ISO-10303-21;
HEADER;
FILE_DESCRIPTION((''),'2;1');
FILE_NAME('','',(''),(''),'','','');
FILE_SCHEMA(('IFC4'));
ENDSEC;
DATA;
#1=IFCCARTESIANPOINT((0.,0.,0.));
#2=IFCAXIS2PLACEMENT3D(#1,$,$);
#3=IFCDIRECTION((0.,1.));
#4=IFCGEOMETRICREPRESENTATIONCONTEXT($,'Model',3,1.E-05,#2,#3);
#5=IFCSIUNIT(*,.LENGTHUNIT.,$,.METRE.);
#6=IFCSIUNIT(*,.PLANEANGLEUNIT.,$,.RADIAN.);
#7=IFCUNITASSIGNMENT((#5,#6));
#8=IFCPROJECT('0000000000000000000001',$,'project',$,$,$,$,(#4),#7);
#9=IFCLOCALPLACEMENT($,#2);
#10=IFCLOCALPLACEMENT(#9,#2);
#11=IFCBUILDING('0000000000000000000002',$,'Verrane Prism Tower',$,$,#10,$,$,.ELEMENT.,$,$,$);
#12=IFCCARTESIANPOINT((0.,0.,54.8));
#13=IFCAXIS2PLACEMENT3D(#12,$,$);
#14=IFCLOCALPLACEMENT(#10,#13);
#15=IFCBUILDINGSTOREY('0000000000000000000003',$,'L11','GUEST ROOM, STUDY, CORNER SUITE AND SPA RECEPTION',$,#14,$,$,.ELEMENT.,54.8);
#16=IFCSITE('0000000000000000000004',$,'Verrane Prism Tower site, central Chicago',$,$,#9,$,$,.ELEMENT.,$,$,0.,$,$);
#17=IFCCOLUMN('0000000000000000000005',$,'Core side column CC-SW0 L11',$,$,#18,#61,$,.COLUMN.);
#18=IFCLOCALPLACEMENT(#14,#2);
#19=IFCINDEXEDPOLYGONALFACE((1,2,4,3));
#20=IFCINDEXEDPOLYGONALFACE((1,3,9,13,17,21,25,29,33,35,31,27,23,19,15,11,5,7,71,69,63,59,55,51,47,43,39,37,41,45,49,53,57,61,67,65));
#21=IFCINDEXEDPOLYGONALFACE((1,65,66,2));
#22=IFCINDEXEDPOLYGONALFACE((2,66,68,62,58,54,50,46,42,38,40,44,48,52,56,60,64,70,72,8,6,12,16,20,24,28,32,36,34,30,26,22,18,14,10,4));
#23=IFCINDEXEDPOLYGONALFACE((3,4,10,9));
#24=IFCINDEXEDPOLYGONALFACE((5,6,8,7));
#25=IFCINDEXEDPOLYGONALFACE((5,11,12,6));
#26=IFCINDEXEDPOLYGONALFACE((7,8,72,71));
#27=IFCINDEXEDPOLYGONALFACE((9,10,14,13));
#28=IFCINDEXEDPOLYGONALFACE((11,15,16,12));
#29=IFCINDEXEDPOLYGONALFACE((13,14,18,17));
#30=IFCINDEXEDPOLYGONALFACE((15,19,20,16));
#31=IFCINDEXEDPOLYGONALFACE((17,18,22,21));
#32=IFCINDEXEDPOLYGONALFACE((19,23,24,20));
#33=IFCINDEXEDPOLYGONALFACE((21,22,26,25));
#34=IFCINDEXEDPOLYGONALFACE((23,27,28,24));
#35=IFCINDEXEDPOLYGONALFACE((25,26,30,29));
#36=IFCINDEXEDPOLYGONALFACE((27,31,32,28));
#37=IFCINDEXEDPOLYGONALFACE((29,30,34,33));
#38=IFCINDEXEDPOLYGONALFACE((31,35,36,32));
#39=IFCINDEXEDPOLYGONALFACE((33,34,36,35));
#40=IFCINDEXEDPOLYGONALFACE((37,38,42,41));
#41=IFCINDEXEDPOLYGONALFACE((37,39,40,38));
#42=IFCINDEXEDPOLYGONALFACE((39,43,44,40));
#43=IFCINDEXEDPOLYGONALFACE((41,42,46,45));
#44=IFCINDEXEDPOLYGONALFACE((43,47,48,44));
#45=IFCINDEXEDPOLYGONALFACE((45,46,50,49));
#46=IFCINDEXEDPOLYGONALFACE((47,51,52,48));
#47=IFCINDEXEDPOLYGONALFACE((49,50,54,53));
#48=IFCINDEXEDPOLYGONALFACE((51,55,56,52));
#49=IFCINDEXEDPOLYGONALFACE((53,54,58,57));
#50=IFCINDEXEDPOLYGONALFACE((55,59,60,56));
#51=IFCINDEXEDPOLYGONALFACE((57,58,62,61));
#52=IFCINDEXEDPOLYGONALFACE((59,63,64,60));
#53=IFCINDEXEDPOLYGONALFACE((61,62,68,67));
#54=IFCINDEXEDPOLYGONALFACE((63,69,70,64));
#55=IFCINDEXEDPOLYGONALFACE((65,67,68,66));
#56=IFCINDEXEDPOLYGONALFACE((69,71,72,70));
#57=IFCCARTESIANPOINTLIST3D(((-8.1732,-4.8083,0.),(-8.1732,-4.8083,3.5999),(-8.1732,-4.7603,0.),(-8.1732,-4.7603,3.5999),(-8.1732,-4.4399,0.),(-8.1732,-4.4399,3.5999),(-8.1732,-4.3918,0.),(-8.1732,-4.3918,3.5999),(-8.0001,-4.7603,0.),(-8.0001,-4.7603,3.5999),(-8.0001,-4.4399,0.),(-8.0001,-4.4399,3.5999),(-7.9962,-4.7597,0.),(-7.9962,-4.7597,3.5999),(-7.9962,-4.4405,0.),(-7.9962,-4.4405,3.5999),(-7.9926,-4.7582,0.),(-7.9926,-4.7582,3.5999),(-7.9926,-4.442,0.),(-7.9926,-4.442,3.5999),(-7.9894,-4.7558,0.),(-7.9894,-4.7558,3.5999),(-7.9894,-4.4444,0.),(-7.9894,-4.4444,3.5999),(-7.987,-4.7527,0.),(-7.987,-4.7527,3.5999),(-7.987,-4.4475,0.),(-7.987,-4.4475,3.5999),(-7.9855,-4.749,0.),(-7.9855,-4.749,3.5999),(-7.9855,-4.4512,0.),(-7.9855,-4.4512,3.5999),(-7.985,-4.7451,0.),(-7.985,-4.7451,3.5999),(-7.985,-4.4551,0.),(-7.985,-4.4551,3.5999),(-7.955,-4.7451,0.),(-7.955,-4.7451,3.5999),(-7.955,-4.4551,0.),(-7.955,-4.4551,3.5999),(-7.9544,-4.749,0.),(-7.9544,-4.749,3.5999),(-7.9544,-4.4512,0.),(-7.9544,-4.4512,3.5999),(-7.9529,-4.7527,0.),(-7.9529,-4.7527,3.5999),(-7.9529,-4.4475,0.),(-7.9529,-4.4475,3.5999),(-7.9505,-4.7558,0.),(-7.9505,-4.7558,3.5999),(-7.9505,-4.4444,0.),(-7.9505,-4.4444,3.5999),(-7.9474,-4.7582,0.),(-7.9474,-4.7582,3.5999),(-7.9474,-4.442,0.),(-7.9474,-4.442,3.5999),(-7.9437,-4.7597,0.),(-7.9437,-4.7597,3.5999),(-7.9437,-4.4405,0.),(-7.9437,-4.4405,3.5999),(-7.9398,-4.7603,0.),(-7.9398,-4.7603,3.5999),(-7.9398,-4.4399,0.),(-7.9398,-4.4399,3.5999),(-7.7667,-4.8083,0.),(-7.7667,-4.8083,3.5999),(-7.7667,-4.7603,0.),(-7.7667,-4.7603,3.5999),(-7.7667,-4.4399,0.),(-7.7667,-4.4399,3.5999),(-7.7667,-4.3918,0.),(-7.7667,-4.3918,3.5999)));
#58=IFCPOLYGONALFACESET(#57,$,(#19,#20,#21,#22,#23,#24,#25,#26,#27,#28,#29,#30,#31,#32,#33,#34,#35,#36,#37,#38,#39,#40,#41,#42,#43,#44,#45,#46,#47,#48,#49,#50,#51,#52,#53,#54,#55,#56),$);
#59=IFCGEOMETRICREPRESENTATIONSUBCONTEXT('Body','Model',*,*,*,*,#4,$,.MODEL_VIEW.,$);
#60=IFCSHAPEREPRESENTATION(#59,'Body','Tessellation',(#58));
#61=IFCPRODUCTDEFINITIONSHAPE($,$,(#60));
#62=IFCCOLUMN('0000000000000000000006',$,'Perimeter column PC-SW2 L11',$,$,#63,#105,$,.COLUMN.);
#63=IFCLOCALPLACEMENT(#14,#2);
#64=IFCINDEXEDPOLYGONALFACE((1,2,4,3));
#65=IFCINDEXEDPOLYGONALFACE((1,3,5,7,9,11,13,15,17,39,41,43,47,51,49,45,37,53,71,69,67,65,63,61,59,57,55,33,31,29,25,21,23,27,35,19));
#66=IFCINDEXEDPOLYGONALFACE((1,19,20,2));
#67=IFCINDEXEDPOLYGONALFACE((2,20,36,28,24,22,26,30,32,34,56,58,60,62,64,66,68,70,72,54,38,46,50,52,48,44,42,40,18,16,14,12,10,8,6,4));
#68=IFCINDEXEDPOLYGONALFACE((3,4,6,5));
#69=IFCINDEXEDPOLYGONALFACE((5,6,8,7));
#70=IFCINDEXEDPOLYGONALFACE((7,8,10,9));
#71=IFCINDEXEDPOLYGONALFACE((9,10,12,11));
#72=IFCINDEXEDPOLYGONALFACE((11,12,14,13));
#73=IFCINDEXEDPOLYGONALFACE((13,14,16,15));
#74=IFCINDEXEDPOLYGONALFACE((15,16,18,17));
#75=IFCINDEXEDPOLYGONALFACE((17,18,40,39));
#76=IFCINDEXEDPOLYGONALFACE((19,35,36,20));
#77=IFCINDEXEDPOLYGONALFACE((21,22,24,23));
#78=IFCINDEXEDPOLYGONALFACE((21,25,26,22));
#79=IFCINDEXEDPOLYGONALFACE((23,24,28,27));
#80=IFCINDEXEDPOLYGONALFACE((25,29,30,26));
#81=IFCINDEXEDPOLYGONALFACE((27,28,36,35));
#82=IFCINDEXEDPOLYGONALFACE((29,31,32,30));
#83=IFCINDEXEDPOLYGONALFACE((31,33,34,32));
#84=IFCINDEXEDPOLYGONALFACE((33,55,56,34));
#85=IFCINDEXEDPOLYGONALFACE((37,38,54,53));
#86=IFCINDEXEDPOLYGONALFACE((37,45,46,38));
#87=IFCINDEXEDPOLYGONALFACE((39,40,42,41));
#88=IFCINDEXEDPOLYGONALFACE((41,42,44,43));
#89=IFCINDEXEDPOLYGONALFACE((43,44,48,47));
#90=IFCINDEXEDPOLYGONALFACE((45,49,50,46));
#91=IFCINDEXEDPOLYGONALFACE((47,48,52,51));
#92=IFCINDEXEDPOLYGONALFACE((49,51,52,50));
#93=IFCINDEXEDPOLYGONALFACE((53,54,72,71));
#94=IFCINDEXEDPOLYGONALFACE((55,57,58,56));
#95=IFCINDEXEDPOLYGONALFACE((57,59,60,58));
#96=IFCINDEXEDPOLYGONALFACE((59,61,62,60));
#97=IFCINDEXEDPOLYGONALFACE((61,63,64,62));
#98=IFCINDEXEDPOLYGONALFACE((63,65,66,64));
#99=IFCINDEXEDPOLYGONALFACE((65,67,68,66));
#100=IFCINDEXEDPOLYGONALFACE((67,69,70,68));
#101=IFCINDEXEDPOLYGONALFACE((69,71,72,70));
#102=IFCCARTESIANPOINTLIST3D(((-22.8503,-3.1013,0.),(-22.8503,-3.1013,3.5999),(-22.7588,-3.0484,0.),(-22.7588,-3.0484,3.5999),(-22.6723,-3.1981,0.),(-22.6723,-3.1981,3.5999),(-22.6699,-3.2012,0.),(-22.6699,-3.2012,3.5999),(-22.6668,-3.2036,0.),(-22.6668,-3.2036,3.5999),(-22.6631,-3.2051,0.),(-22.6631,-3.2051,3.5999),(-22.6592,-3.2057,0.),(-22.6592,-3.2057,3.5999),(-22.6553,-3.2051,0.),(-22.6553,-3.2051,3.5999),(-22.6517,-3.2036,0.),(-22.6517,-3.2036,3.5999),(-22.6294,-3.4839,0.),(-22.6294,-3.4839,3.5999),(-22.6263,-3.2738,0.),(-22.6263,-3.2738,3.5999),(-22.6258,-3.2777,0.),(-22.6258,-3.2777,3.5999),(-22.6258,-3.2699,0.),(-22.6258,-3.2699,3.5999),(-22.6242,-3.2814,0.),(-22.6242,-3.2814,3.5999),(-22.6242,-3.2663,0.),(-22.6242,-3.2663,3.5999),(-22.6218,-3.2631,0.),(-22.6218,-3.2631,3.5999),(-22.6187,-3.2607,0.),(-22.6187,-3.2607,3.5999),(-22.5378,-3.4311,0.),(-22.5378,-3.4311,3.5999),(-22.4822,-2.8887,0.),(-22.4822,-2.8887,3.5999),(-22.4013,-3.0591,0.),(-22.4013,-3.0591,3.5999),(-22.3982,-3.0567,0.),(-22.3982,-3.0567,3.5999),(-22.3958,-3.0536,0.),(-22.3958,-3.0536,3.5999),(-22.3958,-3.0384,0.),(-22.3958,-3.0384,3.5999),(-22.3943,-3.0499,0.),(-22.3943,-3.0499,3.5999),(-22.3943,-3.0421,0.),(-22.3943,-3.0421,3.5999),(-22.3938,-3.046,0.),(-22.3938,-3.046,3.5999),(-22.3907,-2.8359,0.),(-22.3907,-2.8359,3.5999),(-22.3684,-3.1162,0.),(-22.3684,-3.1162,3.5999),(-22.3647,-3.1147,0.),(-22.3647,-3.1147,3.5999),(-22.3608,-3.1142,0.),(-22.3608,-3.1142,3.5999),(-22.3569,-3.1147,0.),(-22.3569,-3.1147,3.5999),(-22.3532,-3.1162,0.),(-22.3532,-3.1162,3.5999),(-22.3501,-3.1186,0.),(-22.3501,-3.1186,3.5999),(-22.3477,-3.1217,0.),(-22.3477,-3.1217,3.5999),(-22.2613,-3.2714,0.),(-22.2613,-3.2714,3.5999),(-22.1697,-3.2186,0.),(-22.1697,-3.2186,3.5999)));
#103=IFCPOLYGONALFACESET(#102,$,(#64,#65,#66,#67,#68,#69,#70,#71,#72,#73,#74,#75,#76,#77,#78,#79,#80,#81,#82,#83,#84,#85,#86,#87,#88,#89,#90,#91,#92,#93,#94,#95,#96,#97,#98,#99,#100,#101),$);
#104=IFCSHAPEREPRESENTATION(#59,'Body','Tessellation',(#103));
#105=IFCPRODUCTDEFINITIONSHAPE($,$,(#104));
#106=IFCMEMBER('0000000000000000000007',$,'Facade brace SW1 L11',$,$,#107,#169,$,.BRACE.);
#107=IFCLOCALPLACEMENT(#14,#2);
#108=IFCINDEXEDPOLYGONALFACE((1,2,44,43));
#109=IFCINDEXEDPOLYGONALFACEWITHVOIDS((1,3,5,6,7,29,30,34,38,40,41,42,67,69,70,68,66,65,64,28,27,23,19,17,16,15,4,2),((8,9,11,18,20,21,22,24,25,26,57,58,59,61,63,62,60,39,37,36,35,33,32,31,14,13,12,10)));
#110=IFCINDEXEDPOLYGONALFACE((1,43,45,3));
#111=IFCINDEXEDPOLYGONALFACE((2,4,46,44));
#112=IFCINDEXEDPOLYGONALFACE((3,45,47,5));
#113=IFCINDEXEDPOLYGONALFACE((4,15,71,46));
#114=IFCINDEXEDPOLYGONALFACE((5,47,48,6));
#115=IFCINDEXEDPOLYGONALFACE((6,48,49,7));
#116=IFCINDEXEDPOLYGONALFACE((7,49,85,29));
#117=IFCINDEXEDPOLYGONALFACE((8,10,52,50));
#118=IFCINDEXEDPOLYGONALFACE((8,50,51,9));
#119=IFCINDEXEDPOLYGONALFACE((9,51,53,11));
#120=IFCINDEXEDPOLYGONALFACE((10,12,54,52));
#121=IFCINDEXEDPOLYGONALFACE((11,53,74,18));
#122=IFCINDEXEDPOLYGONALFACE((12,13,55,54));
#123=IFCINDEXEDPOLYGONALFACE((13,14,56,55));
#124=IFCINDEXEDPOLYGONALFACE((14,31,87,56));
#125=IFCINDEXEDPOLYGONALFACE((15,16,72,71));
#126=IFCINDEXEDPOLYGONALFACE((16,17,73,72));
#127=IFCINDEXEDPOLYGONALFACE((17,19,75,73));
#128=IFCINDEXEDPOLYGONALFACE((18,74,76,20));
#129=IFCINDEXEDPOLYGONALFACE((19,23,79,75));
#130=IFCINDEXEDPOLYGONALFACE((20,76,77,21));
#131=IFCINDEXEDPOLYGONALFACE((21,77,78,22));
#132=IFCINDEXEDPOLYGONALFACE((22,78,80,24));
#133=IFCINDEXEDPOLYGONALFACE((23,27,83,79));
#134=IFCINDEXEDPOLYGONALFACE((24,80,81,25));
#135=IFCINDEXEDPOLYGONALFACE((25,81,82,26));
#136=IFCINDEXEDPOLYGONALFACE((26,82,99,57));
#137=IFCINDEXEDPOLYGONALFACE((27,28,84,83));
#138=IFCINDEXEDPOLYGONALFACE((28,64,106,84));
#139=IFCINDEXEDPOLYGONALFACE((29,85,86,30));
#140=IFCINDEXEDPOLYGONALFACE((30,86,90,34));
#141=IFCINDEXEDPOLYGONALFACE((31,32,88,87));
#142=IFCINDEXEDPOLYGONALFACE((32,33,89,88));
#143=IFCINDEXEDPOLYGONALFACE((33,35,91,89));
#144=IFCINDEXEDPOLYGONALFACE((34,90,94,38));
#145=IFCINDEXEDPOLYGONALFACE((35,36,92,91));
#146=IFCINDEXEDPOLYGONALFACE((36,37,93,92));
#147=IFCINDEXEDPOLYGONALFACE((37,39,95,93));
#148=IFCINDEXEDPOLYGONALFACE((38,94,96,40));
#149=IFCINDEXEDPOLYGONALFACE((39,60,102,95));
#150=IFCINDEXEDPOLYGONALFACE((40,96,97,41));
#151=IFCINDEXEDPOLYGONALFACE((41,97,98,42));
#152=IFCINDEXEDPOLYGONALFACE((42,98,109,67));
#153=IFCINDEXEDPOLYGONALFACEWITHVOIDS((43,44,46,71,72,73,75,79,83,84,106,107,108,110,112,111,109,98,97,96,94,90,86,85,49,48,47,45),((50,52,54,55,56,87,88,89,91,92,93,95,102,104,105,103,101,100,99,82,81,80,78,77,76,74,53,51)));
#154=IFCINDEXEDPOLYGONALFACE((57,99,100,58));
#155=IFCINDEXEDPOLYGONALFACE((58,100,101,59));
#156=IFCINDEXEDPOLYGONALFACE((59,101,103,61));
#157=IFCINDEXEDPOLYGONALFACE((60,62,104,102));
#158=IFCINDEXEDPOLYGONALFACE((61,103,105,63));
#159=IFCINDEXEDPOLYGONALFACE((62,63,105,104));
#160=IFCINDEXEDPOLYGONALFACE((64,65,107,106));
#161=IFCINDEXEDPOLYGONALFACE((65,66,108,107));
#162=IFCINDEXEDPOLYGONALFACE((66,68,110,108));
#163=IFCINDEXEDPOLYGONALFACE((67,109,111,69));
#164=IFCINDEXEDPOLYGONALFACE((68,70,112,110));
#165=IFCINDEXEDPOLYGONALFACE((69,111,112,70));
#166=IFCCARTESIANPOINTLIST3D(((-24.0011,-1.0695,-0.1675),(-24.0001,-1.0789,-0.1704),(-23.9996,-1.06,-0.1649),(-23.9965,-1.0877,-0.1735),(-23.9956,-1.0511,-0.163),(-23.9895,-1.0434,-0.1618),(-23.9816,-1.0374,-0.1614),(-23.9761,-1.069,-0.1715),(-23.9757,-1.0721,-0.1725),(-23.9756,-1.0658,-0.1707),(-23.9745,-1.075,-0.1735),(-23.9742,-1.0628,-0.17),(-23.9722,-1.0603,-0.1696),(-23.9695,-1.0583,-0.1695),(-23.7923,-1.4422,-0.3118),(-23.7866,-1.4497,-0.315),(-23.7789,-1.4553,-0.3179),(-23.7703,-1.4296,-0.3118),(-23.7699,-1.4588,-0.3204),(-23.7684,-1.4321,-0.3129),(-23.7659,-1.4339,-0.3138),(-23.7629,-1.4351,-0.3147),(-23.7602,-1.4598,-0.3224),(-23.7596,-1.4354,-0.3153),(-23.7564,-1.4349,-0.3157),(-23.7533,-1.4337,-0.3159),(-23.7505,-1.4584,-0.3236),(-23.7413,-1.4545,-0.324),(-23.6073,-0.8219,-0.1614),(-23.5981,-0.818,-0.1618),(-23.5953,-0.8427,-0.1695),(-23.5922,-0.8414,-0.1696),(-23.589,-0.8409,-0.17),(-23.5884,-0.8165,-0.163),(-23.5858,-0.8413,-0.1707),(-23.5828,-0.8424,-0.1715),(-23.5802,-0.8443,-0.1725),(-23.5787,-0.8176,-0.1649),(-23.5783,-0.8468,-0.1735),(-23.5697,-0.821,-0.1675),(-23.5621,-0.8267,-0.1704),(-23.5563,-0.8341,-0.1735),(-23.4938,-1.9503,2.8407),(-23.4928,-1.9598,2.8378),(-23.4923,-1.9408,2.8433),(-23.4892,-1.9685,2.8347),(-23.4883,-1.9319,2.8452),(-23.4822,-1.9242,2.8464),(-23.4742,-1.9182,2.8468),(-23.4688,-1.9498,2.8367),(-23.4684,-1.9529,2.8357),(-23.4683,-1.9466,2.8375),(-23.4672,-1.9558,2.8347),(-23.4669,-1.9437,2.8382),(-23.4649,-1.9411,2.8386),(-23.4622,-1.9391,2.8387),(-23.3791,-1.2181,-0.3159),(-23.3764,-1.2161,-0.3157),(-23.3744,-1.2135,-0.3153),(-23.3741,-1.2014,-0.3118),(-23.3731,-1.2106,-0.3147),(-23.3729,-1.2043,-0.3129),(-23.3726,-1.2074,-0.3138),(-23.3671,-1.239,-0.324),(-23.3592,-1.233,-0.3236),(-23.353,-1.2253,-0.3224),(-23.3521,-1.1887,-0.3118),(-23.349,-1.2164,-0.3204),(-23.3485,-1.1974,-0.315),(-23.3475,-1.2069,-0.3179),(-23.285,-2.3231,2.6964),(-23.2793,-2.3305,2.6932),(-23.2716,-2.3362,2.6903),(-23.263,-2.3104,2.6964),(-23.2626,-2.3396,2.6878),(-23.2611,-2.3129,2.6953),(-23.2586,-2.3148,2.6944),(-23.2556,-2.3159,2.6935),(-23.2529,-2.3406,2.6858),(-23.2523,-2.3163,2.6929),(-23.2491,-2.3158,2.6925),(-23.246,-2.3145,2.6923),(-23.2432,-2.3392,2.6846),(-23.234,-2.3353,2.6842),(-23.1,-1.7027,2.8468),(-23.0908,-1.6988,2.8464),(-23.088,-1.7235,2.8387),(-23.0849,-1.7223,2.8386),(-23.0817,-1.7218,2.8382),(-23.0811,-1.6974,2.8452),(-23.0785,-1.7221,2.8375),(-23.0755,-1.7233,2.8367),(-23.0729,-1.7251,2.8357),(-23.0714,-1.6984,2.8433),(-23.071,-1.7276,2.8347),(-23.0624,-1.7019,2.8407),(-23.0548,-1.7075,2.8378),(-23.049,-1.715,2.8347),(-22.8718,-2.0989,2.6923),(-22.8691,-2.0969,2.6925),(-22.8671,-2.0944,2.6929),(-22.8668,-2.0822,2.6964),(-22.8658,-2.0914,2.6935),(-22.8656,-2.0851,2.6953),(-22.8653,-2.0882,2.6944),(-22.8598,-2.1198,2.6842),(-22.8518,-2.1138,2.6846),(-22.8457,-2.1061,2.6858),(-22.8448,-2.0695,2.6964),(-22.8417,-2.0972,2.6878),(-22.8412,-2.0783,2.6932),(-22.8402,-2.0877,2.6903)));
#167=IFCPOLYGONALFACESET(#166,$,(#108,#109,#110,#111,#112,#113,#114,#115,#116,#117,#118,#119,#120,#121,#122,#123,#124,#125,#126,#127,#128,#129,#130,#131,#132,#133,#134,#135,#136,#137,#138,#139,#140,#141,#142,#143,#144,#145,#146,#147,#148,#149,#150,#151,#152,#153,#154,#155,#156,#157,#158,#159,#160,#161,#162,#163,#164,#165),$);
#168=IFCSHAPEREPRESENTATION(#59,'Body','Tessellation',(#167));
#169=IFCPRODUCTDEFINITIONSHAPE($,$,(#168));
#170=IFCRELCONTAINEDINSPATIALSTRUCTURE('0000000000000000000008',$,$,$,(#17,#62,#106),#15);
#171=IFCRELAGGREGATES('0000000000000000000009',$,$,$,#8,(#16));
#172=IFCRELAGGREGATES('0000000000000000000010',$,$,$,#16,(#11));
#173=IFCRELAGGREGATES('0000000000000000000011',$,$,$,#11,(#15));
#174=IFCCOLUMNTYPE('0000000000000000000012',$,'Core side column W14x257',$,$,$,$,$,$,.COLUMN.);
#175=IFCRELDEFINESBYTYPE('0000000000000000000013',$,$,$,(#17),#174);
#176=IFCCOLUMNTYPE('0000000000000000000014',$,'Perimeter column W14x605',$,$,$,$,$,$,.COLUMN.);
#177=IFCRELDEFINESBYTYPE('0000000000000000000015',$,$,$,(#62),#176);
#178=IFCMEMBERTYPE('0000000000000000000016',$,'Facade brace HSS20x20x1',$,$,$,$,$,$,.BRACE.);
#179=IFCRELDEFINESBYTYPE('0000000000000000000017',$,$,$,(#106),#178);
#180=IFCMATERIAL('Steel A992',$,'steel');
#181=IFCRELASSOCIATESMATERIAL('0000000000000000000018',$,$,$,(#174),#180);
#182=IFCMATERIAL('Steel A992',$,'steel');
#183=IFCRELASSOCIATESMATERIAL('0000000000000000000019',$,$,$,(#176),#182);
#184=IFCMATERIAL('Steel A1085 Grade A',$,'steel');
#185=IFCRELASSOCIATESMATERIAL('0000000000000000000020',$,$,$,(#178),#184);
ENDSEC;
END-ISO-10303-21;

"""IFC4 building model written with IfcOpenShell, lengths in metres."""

from ifc_helpers import new_model, si_unit, direction, frame, origin, origin_2d, place, context, subcontext, project, spatial, hollow_rectangle, i_section, extrude, material, material_profile, profile_set, type_object, element, save


model = new_model("IFC4")

# Units and contexts
model_context = context("Model", 3, precision=1e-05, world=origin(), true_north=direction((0.0, 1.0)))
body_context = subcontext(model_context, "Body", "Model", "MODEL_VIEW")
ifc_project = project(units=[si_unit("LENGTHUNIT", "METRE"), si_unit("PLANEANGLEUNIT", "RADIAN")], contexts=[model_context])

# Site, building, storey
site_placement = place(None, origin())
site = spatial("IfcSite", under=ifc_project, at=site_placement, Name="Verrane Prism Tower site, central Chicago", CompositionType="ELEMENT", RefElevation=0.0)
building_placement = place(site_placement, origin())
building = spatial("IfcBuilding", under=site, at=building_placement, Name="Verrane Prism Tower", CompositionType="ELEMENT")
storey_placement = place(building_placement, frame((0.0, 0.0, 54.8)))
storey = spatial("IfcBuildingStorey", under=building, at=storey_placement, Name="L11", Description="GUEST ROOM, STUDY, CORNER SUITE AND SPA RECEPTION", CompositionType="ELEMENT", Elevation=54.8)

# Columns
ifc_material_1 = material(Name="Steel A992", Category="steel")
ifc_material_profile_1 = material_profile(ifc_material_1, i_section(OverallWidth=0.4065, OverallDepth=0.4165, WebThickness=0.03, FlangeThickness=0.0481, FilletRadius=0.0151, at=origin_2d()), Name="W14x257")
ifc_profile_set_1 = profile_set([ifc_material_profile_1], Name="Steel A992")
column_type_1 = type_object("IfcColumnType", Name="Core side column W14x257", PredefinedType="COLUMN", material=ifc_profile_set_1)
column_1_placement = place(storey_placement, frame((-7.97, -4.6001, 0.0), z_axis=(0.0, 0.0, 1.0), x_axis=(1.0, 0.0, 0.0)))
element("IfcColumn", 1, at=column_1_placement, inside=storey, type_object=column_type_1, Name="Core side column CC-SW0 L11", PredefinedType="COLUMN", context=body_context, shape_type="SweptSolid", body=[
    extrude(i_section(OverallWidth=0.4065, OverallDepth=0.4165, WebThickness=0.03, FlangeThickness=0.0481, FilletRadius=0.0151, at=origin_2d()), origin(), (0.0, 0.0, 1.0), 3.5999),
])
ifc_material_2 = material(Name="Steel A992", Category="steel")
ifc_material_profile_2 = material_profile(ifc_material_2, i_section(OverallWidth=0.4419, OverallDepth=0.5308, WebThickness=0.0659, FlangeThickness=0.1057, FilletRadius=0.0151, at=origin_2d()), Name="W14x605")
ifc_profile_set_2 = profile_set([ifc_material_profile_2], Name="Steel A992")
column_type_2 = type_object("IfcColumnType", Name="Perimeter column W14x605", PredefinedType="COLUMN", material=ifc_profile_set_2)
column_2_placement = place(storey_placement, frame((-22.51, -3.1599, 0.0), z_axis=(0.0, 0.0, 1.0), x_axis=(-0.5, 0.866025, 0.0)))
element("IfcColumn", 2, at=column_2_placement, inside=storey, type_object=column_type_2, Name="Perimeter column PC-SW2 L11", PredefinedType="COLUMN", context=body_context, shape_type="SweptSolid", body=[
    extrude(i_section(OverallWidth=0.4419, OverallDepth=0.5308, WebThickness=0.0659, FlangeThickness=0.1057, FilletRadius=0.0151, at=origin_2d()), origin(), (0.0, 0.0, 1.0), 3.5999),
])

# Member
ifc_material_3 = material(Name="Steel A1085 Grade A", Category="steel")
ifc_material_profile_3 = material_profile(ifc_material_3, hollow_rectangle(XDim=0.5081, YDim=0.5081, WallThickness=0.0254, InnerFilletRadius=0.0127, OuterFilletRadius=0.0381, at=origin_2d()), Name="HSS20x20x1")
ifc_profile_set_3 = profile_set([ifc_material_profile_3], Name="Steel A1085 Grade A")
member_type_1 = type_object("IfcMemberType", Name="Facade brace HSS20x20x1", PredefinedType="BRACE", material=ifc_profile_set_3)
member_1_placement = place(storey_placement, frame((-23.6743, -1.1382, -0.2427), z_axis=(0.159767, -0.277401, 0.947377), x_axis=(0.866553, 0.499085, 0.0)))
element("IfcMember", 3, at=member_1_placement, inside=storey, type_object=member_type_1, Name="Facade brace SW1 L11", PredefinedType="BRACE", context=body_context, shape_type="SweptSolid", body=[
    extrude(hollow_rectangle(XDim=0.5081, YDim=0.5081, WallThickness=0.0254, InnerFilletRadius=0.0127, OuterFilletRadius=0.0381, at=origin_2d()), origin(), (0.0, 0.0, 1.0), 3.1753),
])

save(model, "model.ifc")
